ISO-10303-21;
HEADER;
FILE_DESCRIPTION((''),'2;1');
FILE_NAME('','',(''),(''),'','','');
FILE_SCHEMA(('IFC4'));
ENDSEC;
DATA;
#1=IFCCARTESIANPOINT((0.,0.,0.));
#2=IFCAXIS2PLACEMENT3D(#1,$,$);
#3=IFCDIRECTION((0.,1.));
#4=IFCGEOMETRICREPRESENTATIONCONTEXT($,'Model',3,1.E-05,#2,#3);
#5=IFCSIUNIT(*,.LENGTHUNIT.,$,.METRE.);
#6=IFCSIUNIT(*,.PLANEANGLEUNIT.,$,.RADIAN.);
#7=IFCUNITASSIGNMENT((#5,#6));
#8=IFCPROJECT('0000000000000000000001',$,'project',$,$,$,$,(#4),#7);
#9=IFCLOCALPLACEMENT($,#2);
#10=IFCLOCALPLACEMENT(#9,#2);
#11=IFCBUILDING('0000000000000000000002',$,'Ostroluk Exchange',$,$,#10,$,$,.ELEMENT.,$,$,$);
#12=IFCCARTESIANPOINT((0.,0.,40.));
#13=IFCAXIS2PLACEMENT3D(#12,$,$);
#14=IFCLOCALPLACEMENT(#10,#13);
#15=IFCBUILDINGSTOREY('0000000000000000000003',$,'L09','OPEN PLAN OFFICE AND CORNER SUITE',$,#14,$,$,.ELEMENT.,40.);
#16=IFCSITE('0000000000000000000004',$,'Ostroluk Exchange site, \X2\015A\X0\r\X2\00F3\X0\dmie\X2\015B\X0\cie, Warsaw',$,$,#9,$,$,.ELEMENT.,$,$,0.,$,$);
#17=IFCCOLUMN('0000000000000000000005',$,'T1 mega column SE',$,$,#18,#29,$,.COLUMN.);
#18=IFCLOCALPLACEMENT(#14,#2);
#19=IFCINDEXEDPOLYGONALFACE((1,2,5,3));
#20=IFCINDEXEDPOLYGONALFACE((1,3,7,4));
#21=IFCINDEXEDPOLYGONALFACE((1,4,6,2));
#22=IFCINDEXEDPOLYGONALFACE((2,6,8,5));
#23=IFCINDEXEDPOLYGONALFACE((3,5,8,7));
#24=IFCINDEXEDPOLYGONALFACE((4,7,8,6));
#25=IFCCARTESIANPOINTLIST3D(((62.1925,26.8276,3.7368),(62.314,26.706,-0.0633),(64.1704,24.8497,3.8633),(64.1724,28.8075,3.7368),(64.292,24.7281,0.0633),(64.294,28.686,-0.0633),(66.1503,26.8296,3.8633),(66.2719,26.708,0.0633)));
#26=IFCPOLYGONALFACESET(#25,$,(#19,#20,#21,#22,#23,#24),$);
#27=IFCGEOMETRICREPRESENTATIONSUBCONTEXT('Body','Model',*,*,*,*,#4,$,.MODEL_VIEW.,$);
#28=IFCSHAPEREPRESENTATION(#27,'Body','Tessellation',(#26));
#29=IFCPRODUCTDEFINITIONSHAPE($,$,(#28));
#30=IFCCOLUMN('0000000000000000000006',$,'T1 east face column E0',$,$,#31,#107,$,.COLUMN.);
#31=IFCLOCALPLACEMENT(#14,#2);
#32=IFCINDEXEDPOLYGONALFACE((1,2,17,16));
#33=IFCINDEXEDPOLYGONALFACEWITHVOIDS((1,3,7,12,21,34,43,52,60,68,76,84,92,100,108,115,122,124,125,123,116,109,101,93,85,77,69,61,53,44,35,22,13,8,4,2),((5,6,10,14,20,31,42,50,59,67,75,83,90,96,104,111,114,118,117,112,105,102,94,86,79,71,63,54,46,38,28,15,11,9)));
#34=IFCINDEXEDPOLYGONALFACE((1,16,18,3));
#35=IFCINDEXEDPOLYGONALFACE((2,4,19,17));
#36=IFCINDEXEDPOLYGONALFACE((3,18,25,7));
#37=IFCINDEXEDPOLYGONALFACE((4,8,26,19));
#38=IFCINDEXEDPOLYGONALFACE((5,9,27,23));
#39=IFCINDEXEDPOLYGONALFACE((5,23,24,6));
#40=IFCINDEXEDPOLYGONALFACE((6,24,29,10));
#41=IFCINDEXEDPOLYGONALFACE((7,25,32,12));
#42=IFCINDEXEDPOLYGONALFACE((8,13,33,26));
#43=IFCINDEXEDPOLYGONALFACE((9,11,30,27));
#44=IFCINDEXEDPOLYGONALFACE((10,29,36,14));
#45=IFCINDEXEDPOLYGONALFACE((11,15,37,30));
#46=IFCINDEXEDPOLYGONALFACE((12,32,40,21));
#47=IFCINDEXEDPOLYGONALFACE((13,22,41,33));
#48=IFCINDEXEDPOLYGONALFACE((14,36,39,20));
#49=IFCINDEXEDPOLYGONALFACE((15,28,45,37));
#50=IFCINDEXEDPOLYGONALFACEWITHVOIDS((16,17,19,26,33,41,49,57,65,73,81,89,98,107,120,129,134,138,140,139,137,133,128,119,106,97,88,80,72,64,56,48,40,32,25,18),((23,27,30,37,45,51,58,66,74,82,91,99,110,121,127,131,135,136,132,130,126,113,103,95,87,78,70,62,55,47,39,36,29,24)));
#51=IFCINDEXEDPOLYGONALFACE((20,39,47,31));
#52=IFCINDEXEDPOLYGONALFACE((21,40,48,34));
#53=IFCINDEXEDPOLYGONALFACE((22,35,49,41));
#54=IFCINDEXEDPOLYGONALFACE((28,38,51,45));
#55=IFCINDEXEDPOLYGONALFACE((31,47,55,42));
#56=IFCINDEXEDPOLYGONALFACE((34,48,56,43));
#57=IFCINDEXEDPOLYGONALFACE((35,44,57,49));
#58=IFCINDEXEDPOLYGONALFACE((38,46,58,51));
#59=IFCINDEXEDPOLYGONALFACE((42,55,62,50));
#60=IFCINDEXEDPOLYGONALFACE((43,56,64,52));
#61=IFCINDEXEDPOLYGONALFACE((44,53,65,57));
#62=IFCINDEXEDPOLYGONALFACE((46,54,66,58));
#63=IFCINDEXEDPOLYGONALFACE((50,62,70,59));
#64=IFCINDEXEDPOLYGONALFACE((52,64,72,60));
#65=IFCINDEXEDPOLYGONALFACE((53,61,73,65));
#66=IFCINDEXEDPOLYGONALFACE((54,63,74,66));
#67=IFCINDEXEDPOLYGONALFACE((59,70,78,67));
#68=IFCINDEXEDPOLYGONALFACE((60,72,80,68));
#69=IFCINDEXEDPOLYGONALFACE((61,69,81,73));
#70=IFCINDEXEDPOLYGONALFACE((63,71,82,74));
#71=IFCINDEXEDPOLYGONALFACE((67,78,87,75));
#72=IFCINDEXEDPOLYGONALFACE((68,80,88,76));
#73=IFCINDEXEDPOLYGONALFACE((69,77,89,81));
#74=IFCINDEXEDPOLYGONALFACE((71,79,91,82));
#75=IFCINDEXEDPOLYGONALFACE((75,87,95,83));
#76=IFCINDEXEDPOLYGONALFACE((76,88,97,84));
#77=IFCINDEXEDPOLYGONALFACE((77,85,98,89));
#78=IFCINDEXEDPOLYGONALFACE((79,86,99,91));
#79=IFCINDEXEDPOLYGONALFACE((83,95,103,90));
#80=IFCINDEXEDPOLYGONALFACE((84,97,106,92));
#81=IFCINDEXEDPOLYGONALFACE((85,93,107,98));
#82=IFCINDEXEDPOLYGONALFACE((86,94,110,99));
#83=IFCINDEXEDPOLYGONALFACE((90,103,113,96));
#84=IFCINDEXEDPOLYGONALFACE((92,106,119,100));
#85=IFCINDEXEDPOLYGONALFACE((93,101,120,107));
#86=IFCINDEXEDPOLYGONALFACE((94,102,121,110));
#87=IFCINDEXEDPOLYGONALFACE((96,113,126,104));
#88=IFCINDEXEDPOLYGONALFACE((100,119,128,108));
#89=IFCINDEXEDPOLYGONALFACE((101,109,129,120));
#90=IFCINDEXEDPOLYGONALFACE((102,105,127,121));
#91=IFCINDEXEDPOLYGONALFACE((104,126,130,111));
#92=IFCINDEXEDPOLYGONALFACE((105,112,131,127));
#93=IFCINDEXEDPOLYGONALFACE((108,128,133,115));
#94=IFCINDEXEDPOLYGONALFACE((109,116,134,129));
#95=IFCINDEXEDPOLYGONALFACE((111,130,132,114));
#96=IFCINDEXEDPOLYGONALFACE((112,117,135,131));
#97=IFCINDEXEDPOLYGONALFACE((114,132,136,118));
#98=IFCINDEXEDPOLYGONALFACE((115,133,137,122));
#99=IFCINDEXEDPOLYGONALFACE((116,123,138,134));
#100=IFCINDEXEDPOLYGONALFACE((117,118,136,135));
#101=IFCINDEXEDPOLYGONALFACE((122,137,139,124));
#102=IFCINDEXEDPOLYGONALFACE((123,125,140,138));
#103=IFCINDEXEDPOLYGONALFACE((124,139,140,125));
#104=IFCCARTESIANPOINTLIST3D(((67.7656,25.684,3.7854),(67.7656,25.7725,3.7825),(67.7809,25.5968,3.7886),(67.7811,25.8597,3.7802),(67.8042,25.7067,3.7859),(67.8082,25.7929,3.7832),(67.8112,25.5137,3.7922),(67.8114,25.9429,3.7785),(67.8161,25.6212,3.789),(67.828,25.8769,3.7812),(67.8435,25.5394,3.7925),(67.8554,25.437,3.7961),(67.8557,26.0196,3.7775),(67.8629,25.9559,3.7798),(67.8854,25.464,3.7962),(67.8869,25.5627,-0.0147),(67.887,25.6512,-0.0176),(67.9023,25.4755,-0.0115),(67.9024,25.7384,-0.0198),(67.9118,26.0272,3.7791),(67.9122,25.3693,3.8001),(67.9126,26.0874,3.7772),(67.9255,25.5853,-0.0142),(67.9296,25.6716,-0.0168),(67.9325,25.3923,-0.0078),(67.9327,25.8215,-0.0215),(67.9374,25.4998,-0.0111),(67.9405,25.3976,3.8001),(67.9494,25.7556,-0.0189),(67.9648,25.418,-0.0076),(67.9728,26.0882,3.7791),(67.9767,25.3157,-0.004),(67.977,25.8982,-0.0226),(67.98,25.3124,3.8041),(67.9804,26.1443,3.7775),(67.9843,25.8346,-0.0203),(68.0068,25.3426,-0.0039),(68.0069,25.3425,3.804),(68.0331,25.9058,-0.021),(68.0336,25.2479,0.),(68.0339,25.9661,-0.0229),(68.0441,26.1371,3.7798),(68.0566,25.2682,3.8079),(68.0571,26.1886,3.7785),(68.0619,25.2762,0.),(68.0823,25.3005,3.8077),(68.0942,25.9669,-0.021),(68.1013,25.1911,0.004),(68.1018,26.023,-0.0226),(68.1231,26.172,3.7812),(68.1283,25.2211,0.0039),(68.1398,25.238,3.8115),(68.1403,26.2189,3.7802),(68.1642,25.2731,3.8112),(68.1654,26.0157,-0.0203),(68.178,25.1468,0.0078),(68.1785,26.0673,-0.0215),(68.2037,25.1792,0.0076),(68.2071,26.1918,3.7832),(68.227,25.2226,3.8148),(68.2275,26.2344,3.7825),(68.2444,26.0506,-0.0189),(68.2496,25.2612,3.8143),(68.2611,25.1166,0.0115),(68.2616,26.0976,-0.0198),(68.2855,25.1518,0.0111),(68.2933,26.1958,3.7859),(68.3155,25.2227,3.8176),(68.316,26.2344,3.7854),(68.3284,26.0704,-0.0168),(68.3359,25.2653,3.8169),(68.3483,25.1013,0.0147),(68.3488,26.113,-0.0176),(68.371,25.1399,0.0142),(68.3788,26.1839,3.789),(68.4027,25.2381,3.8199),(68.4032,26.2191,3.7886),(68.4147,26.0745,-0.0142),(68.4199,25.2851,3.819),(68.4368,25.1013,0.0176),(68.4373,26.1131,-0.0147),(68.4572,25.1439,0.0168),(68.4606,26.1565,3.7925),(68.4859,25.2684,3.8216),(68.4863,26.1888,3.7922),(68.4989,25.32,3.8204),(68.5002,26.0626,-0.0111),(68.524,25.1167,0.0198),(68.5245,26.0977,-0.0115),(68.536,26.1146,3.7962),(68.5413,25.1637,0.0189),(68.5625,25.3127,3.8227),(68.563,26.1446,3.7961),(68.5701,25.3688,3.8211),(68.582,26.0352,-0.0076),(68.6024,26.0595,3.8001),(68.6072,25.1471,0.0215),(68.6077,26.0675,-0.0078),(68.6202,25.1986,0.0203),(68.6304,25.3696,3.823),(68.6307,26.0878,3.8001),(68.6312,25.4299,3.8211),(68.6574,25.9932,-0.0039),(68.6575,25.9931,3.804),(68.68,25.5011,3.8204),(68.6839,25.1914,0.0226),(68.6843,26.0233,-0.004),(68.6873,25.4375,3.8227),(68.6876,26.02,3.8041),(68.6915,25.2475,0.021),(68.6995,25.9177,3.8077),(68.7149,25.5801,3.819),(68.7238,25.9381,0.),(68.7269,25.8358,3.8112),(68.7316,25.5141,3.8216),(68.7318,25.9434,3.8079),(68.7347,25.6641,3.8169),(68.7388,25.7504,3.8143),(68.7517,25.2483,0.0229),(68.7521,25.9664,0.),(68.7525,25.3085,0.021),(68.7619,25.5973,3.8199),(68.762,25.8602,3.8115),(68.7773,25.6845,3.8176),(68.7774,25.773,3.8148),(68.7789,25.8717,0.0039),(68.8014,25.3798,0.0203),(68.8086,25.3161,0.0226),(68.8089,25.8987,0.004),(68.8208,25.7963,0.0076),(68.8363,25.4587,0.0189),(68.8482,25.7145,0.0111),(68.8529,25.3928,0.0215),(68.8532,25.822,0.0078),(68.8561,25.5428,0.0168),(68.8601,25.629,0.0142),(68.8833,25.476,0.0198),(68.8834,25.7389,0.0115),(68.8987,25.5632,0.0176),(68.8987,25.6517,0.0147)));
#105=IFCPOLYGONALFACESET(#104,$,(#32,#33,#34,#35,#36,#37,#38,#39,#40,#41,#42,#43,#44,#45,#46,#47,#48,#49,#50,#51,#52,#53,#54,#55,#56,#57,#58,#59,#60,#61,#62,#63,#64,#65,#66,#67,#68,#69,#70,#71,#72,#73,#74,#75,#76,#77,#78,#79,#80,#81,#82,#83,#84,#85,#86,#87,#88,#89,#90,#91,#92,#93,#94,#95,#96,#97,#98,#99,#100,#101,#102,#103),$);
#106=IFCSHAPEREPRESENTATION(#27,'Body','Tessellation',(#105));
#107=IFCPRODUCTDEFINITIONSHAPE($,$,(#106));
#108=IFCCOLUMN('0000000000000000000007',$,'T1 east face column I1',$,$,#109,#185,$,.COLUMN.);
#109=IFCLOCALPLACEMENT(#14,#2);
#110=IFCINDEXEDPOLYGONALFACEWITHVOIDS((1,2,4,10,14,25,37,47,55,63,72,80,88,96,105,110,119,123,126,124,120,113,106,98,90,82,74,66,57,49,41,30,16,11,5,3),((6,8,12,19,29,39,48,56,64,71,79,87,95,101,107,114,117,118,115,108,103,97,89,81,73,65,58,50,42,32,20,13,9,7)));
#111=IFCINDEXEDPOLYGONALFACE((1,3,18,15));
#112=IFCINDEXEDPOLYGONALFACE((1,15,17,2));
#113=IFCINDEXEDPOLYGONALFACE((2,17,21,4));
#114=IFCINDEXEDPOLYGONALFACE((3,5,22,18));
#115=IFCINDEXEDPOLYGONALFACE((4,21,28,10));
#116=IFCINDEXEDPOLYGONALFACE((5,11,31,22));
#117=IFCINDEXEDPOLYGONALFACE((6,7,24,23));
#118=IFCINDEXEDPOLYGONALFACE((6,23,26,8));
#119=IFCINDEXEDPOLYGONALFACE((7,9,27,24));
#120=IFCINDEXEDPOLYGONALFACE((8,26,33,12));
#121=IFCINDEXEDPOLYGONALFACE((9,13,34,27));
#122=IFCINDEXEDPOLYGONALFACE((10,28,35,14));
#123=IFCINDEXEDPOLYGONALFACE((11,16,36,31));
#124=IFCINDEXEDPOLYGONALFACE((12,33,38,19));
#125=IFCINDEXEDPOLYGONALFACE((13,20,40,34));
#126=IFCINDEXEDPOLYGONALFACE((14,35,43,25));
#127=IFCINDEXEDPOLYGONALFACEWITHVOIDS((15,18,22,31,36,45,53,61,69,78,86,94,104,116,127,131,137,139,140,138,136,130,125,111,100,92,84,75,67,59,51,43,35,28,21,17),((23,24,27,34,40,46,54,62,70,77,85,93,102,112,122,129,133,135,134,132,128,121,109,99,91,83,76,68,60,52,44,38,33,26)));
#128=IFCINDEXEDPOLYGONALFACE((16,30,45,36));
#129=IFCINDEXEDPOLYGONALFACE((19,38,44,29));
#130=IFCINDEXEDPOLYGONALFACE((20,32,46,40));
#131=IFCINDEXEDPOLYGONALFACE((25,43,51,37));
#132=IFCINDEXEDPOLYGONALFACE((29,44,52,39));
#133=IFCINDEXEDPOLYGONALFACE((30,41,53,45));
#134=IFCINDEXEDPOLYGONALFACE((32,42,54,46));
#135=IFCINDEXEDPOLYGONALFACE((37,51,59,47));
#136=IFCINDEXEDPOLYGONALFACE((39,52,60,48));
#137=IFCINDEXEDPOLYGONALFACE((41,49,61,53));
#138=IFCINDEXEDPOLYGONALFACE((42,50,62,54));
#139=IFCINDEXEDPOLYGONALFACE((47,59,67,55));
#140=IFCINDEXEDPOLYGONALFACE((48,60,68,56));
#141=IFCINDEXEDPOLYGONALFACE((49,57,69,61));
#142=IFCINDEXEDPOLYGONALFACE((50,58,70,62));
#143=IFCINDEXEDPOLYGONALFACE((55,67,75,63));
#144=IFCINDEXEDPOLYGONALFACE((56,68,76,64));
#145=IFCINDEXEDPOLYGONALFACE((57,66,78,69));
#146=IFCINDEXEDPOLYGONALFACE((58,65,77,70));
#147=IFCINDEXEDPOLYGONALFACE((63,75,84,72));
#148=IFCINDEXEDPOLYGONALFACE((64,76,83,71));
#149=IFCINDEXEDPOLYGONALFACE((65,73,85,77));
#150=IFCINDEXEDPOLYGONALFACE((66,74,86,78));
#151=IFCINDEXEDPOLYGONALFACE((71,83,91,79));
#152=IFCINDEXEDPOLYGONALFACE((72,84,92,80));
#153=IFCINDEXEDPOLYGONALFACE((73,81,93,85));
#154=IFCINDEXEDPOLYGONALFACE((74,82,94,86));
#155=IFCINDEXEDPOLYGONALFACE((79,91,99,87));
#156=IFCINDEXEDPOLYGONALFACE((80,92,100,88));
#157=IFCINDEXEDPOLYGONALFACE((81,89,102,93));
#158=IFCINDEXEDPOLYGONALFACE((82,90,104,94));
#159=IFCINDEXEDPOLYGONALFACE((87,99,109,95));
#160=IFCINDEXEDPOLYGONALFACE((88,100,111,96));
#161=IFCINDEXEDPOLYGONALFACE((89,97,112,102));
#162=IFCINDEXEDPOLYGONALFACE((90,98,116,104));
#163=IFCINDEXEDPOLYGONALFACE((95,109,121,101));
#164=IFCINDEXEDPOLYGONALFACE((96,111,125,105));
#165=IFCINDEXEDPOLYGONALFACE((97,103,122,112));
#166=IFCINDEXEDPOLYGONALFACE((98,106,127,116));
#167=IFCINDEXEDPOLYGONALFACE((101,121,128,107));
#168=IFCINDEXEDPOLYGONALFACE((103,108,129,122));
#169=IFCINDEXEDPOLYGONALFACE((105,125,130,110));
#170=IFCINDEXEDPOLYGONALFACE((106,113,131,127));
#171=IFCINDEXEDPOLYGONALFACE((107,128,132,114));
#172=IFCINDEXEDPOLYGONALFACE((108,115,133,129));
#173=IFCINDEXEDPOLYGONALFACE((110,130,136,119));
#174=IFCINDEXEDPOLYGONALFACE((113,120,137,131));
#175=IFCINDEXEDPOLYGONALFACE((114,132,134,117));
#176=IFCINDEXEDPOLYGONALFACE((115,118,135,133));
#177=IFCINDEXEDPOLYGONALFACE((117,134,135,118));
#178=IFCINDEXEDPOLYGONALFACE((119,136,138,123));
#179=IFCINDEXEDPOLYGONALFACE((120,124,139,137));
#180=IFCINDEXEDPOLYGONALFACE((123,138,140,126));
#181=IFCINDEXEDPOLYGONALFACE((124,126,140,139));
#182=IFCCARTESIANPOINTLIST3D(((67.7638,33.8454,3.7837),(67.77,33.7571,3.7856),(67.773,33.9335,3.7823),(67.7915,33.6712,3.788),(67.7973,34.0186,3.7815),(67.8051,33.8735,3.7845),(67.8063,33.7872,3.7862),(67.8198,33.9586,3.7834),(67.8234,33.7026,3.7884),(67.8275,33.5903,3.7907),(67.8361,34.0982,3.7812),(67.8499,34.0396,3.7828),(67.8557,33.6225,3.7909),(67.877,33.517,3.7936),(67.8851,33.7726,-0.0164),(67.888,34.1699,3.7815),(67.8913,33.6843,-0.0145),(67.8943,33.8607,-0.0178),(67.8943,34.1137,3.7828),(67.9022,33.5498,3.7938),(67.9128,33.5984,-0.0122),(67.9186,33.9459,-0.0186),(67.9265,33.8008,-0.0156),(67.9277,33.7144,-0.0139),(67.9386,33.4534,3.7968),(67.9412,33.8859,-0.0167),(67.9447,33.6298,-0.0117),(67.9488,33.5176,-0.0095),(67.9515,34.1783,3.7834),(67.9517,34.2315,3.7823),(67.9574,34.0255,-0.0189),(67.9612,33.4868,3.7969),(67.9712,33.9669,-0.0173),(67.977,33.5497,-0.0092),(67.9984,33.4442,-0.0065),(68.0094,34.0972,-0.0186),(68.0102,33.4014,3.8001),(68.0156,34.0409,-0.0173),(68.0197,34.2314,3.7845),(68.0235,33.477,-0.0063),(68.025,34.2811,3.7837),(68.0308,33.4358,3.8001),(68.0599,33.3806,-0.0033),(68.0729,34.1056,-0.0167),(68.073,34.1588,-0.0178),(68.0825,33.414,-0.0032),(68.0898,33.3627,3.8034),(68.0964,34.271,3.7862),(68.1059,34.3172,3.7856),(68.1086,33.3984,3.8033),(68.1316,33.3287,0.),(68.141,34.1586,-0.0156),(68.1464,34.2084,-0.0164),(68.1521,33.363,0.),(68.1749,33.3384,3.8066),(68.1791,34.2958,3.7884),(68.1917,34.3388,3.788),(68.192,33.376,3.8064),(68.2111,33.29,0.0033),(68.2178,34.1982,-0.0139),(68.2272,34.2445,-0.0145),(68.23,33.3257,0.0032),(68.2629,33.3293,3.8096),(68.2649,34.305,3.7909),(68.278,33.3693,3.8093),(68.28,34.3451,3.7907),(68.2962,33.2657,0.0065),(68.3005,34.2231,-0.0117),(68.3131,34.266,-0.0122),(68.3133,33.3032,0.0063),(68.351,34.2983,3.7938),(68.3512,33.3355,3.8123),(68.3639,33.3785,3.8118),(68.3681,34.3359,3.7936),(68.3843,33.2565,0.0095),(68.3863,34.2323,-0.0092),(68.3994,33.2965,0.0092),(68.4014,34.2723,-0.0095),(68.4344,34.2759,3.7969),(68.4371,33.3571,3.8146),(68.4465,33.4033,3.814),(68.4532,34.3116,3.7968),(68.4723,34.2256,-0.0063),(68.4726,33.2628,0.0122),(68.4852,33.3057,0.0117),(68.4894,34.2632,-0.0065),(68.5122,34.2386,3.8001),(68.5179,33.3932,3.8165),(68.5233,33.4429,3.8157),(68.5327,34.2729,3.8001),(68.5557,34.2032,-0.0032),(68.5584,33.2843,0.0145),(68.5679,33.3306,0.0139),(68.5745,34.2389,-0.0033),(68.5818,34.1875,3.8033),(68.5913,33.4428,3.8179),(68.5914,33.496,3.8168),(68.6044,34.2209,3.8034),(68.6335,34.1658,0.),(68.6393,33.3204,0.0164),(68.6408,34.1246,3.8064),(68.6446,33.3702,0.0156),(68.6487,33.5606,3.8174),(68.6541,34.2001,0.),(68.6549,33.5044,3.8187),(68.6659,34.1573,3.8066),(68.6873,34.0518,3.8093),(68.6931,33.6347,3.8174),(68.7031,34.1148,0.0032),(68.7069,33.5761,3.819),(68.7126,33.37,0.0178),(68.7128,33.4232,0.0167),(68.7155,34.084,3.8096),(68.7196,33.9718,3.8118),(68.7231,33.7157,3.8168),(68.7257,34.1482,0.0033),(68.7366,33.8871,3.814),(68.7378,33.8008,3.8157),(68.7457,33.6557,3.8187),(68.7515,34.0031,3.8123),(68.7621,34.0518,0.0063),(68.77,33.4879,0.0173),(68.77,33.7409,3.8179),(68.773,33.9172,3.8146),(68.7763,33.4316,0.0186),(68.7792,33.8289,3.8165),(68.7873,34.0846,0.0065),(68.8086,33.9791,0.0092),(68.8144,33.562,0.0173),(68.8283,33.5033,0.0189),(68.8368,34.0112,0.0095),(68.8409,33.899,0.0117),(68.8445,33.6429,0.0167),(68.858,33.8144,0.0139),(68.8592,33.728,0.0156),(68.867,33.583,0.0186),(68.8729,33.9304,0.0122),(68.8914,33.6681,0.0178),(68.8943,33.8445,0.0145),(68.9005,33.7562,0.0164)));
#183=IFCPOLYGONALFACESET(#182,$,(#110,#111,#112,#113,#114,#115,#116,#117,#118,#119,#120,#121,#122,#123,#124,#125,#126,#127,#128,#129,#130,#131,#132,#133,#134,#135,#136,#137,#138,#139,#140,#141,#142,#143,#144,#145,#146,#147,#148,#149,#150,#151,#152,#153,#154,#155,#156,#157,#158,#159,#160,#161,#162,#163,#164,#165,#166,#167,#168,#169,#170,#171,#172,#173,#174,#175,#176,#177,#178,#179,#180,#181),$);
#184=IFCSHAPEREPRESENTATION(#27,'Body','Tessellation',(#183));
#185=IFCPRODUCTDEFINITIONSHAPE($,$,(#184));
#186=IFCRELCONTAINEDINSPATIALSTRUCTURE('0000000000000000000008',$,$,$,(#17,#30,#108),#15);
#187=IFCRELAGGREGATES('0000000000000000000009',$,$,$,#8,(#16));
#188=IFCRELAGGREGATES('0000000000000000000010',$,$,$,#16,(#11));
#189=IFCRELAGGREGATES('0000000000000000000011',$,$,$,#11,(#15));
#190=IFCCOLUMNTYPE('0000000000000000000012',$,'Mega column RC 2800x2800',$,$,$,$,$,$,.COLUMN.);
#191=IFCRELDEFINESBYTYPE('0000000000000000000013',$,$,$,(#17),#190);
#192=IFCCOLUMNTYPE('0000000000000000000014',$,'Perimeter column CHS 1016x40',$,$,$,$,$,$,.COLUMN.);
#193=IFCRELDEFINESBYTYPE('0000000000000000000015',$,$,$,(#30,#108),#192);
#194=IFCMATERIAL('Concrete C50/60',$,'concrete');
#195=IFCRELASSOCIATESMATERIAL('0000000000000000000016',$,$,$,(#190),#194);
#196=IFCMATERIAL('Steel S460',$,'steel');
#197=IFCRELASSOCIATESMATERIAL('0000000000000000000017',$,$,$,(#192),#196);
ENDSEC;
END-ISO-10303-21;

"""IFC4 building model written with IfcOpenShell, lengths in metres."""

from ifc_helpers import new_model, si_unit, direction, frame, origin, origin_2d, place, context, subcontext, project, spatial, rectangle, hollow_circle, extrude, material, material_profile, profile_set, type_object, element, save


model = new_model("IFC4")

# Units and contexts
model_context = context("Model", 3, precision=1e-05, world=origin(), true_north=direction((0.0, 1.0)))
body_context = subcontext(model_context, "Body", "Model", "MODEL_VIEW")
ifc_project = project(units=[si_unit("LENGTHUNIT", "METRE"), si_unit("PLANEANGLEUNIT", "RADIAN")], contexts=[model_context])

# Site, building, storey
site_placement = place(None, origin())
site = spatial("IfcSite", under=ifc_project, at=site_placement, Name="Ostroluk Exchange site, Śródmieście, Warsaw", CompositionType="ELEMENT", RefElevation=0.0)
building_placement = place(site_placement, origin())
building = spatial("IfcBuilding", under=site, at=building_placement, Name="Ostroluk Exchange", CompositionType="ELEMENT")
storey_placement = place(building_placement, frame((0.0, 0.0, 40.0)))
storey = spatial("IfcBuildingStorey", under=building, at=storey_placement, Name="L09", Description="OPEN PLAN OFFICE AND CORNER SUITE", CompositionType="ELEMENT", Elevation=40.0)

# Columns
ifc_material_1 = material(Name="Concrete C50/60", Category="concrete")
ifc_material_profile_1 = material_profile(ifc_material_1, rectangle(XDim=2.8, YDim=2.8, at=origin_2d()), Name="RC 2800x2800")
ifc_profile_set_1 = profile_set([ifc_material_profile_1], Name="Concrete C50/60")
column_type_1 = type_object("IfcColumnType", Name="Mega column RC 2800x2800", PredefinedType="COLUMN", material=ifc_profile_set_1)
column_1_placement = place(storey_placement, frame((64.293, 26.707, 0.0), z_axis=(-0.031962, 0.031962, 0.998978), x_axis=(-0.707107, -0.707107, 0.0)))
element("IfcColumn", 1, at=column_1_placement, inside=storey, type_object=column_type_1, Name="T1 mega column SE", PredefinedType="COLUMN", context=body_context, shape_type="SweptSolid", body=[
    extrude(rectangle(XDim=2.8, YDim=2.8, at=origin_2d()), origin(), (0.0, 0.0, 1.0), 3.804),
])
ifc_material_2 = material(Name="Steel S460", Category="steel")
ifc_material_profile_2 = material_profile(ifc_material_2, hollow_circle(Radius=0.5081, WallThickness=0.04, at=origin_2d()), Name="CHS 1016x40")
ifc_profile_set_2 = profile_set([ifc_material_profile_2], Name="Steel S460")
column_type_2 = type_object("IfcColumnType", Name="Perimeter column CHS 1016x40", PredefinedType="COLUMN", material=ifc_profile_set_2)
column_2_placement = place(storey_placement, frame((68.3928, 25.6072, 0.0), z_axis=(-0.031898, 0.031898, 0.998982), x_axis=(-0.707107, -0.707107, 0.0)))
element("IfcColumn", 2, at=column_2_placement, inside=storey, type_object=column_type_2, Name="T1 east face column E0", PredefinedType="COLUMN", context=body_context, shape_type="SweptSolid", body=[
    extrude(hollow_circle(Radius=0.5081, WallThickness=0.04, at=origin_2d()), origin(), (0.0, 0.0, 1.0), 3.804),
])
column_3_placement = place(storey_placement, frame((68.3928, 33.7644, 0.0), z_axis=(-0.031909, 0.019132, 0.999308), x_axis=(-0.514242, -0.857645, 0.0)))
element("IfcColumn", 3, at=column_3_placement, inside=storey, type_object=column_type_2, Name="T1 east face column I1", PredefinedType="COLUMN", context=body_context, shape_type="SweptSolid", body=[
    extrude(hollow_circle(Radius=0.5081, WallThickness=0.04, at=origin_2d()), origin(), (0.0, 0.0, 1.0), 3.8027),
])

save(model, "model.ifc")
